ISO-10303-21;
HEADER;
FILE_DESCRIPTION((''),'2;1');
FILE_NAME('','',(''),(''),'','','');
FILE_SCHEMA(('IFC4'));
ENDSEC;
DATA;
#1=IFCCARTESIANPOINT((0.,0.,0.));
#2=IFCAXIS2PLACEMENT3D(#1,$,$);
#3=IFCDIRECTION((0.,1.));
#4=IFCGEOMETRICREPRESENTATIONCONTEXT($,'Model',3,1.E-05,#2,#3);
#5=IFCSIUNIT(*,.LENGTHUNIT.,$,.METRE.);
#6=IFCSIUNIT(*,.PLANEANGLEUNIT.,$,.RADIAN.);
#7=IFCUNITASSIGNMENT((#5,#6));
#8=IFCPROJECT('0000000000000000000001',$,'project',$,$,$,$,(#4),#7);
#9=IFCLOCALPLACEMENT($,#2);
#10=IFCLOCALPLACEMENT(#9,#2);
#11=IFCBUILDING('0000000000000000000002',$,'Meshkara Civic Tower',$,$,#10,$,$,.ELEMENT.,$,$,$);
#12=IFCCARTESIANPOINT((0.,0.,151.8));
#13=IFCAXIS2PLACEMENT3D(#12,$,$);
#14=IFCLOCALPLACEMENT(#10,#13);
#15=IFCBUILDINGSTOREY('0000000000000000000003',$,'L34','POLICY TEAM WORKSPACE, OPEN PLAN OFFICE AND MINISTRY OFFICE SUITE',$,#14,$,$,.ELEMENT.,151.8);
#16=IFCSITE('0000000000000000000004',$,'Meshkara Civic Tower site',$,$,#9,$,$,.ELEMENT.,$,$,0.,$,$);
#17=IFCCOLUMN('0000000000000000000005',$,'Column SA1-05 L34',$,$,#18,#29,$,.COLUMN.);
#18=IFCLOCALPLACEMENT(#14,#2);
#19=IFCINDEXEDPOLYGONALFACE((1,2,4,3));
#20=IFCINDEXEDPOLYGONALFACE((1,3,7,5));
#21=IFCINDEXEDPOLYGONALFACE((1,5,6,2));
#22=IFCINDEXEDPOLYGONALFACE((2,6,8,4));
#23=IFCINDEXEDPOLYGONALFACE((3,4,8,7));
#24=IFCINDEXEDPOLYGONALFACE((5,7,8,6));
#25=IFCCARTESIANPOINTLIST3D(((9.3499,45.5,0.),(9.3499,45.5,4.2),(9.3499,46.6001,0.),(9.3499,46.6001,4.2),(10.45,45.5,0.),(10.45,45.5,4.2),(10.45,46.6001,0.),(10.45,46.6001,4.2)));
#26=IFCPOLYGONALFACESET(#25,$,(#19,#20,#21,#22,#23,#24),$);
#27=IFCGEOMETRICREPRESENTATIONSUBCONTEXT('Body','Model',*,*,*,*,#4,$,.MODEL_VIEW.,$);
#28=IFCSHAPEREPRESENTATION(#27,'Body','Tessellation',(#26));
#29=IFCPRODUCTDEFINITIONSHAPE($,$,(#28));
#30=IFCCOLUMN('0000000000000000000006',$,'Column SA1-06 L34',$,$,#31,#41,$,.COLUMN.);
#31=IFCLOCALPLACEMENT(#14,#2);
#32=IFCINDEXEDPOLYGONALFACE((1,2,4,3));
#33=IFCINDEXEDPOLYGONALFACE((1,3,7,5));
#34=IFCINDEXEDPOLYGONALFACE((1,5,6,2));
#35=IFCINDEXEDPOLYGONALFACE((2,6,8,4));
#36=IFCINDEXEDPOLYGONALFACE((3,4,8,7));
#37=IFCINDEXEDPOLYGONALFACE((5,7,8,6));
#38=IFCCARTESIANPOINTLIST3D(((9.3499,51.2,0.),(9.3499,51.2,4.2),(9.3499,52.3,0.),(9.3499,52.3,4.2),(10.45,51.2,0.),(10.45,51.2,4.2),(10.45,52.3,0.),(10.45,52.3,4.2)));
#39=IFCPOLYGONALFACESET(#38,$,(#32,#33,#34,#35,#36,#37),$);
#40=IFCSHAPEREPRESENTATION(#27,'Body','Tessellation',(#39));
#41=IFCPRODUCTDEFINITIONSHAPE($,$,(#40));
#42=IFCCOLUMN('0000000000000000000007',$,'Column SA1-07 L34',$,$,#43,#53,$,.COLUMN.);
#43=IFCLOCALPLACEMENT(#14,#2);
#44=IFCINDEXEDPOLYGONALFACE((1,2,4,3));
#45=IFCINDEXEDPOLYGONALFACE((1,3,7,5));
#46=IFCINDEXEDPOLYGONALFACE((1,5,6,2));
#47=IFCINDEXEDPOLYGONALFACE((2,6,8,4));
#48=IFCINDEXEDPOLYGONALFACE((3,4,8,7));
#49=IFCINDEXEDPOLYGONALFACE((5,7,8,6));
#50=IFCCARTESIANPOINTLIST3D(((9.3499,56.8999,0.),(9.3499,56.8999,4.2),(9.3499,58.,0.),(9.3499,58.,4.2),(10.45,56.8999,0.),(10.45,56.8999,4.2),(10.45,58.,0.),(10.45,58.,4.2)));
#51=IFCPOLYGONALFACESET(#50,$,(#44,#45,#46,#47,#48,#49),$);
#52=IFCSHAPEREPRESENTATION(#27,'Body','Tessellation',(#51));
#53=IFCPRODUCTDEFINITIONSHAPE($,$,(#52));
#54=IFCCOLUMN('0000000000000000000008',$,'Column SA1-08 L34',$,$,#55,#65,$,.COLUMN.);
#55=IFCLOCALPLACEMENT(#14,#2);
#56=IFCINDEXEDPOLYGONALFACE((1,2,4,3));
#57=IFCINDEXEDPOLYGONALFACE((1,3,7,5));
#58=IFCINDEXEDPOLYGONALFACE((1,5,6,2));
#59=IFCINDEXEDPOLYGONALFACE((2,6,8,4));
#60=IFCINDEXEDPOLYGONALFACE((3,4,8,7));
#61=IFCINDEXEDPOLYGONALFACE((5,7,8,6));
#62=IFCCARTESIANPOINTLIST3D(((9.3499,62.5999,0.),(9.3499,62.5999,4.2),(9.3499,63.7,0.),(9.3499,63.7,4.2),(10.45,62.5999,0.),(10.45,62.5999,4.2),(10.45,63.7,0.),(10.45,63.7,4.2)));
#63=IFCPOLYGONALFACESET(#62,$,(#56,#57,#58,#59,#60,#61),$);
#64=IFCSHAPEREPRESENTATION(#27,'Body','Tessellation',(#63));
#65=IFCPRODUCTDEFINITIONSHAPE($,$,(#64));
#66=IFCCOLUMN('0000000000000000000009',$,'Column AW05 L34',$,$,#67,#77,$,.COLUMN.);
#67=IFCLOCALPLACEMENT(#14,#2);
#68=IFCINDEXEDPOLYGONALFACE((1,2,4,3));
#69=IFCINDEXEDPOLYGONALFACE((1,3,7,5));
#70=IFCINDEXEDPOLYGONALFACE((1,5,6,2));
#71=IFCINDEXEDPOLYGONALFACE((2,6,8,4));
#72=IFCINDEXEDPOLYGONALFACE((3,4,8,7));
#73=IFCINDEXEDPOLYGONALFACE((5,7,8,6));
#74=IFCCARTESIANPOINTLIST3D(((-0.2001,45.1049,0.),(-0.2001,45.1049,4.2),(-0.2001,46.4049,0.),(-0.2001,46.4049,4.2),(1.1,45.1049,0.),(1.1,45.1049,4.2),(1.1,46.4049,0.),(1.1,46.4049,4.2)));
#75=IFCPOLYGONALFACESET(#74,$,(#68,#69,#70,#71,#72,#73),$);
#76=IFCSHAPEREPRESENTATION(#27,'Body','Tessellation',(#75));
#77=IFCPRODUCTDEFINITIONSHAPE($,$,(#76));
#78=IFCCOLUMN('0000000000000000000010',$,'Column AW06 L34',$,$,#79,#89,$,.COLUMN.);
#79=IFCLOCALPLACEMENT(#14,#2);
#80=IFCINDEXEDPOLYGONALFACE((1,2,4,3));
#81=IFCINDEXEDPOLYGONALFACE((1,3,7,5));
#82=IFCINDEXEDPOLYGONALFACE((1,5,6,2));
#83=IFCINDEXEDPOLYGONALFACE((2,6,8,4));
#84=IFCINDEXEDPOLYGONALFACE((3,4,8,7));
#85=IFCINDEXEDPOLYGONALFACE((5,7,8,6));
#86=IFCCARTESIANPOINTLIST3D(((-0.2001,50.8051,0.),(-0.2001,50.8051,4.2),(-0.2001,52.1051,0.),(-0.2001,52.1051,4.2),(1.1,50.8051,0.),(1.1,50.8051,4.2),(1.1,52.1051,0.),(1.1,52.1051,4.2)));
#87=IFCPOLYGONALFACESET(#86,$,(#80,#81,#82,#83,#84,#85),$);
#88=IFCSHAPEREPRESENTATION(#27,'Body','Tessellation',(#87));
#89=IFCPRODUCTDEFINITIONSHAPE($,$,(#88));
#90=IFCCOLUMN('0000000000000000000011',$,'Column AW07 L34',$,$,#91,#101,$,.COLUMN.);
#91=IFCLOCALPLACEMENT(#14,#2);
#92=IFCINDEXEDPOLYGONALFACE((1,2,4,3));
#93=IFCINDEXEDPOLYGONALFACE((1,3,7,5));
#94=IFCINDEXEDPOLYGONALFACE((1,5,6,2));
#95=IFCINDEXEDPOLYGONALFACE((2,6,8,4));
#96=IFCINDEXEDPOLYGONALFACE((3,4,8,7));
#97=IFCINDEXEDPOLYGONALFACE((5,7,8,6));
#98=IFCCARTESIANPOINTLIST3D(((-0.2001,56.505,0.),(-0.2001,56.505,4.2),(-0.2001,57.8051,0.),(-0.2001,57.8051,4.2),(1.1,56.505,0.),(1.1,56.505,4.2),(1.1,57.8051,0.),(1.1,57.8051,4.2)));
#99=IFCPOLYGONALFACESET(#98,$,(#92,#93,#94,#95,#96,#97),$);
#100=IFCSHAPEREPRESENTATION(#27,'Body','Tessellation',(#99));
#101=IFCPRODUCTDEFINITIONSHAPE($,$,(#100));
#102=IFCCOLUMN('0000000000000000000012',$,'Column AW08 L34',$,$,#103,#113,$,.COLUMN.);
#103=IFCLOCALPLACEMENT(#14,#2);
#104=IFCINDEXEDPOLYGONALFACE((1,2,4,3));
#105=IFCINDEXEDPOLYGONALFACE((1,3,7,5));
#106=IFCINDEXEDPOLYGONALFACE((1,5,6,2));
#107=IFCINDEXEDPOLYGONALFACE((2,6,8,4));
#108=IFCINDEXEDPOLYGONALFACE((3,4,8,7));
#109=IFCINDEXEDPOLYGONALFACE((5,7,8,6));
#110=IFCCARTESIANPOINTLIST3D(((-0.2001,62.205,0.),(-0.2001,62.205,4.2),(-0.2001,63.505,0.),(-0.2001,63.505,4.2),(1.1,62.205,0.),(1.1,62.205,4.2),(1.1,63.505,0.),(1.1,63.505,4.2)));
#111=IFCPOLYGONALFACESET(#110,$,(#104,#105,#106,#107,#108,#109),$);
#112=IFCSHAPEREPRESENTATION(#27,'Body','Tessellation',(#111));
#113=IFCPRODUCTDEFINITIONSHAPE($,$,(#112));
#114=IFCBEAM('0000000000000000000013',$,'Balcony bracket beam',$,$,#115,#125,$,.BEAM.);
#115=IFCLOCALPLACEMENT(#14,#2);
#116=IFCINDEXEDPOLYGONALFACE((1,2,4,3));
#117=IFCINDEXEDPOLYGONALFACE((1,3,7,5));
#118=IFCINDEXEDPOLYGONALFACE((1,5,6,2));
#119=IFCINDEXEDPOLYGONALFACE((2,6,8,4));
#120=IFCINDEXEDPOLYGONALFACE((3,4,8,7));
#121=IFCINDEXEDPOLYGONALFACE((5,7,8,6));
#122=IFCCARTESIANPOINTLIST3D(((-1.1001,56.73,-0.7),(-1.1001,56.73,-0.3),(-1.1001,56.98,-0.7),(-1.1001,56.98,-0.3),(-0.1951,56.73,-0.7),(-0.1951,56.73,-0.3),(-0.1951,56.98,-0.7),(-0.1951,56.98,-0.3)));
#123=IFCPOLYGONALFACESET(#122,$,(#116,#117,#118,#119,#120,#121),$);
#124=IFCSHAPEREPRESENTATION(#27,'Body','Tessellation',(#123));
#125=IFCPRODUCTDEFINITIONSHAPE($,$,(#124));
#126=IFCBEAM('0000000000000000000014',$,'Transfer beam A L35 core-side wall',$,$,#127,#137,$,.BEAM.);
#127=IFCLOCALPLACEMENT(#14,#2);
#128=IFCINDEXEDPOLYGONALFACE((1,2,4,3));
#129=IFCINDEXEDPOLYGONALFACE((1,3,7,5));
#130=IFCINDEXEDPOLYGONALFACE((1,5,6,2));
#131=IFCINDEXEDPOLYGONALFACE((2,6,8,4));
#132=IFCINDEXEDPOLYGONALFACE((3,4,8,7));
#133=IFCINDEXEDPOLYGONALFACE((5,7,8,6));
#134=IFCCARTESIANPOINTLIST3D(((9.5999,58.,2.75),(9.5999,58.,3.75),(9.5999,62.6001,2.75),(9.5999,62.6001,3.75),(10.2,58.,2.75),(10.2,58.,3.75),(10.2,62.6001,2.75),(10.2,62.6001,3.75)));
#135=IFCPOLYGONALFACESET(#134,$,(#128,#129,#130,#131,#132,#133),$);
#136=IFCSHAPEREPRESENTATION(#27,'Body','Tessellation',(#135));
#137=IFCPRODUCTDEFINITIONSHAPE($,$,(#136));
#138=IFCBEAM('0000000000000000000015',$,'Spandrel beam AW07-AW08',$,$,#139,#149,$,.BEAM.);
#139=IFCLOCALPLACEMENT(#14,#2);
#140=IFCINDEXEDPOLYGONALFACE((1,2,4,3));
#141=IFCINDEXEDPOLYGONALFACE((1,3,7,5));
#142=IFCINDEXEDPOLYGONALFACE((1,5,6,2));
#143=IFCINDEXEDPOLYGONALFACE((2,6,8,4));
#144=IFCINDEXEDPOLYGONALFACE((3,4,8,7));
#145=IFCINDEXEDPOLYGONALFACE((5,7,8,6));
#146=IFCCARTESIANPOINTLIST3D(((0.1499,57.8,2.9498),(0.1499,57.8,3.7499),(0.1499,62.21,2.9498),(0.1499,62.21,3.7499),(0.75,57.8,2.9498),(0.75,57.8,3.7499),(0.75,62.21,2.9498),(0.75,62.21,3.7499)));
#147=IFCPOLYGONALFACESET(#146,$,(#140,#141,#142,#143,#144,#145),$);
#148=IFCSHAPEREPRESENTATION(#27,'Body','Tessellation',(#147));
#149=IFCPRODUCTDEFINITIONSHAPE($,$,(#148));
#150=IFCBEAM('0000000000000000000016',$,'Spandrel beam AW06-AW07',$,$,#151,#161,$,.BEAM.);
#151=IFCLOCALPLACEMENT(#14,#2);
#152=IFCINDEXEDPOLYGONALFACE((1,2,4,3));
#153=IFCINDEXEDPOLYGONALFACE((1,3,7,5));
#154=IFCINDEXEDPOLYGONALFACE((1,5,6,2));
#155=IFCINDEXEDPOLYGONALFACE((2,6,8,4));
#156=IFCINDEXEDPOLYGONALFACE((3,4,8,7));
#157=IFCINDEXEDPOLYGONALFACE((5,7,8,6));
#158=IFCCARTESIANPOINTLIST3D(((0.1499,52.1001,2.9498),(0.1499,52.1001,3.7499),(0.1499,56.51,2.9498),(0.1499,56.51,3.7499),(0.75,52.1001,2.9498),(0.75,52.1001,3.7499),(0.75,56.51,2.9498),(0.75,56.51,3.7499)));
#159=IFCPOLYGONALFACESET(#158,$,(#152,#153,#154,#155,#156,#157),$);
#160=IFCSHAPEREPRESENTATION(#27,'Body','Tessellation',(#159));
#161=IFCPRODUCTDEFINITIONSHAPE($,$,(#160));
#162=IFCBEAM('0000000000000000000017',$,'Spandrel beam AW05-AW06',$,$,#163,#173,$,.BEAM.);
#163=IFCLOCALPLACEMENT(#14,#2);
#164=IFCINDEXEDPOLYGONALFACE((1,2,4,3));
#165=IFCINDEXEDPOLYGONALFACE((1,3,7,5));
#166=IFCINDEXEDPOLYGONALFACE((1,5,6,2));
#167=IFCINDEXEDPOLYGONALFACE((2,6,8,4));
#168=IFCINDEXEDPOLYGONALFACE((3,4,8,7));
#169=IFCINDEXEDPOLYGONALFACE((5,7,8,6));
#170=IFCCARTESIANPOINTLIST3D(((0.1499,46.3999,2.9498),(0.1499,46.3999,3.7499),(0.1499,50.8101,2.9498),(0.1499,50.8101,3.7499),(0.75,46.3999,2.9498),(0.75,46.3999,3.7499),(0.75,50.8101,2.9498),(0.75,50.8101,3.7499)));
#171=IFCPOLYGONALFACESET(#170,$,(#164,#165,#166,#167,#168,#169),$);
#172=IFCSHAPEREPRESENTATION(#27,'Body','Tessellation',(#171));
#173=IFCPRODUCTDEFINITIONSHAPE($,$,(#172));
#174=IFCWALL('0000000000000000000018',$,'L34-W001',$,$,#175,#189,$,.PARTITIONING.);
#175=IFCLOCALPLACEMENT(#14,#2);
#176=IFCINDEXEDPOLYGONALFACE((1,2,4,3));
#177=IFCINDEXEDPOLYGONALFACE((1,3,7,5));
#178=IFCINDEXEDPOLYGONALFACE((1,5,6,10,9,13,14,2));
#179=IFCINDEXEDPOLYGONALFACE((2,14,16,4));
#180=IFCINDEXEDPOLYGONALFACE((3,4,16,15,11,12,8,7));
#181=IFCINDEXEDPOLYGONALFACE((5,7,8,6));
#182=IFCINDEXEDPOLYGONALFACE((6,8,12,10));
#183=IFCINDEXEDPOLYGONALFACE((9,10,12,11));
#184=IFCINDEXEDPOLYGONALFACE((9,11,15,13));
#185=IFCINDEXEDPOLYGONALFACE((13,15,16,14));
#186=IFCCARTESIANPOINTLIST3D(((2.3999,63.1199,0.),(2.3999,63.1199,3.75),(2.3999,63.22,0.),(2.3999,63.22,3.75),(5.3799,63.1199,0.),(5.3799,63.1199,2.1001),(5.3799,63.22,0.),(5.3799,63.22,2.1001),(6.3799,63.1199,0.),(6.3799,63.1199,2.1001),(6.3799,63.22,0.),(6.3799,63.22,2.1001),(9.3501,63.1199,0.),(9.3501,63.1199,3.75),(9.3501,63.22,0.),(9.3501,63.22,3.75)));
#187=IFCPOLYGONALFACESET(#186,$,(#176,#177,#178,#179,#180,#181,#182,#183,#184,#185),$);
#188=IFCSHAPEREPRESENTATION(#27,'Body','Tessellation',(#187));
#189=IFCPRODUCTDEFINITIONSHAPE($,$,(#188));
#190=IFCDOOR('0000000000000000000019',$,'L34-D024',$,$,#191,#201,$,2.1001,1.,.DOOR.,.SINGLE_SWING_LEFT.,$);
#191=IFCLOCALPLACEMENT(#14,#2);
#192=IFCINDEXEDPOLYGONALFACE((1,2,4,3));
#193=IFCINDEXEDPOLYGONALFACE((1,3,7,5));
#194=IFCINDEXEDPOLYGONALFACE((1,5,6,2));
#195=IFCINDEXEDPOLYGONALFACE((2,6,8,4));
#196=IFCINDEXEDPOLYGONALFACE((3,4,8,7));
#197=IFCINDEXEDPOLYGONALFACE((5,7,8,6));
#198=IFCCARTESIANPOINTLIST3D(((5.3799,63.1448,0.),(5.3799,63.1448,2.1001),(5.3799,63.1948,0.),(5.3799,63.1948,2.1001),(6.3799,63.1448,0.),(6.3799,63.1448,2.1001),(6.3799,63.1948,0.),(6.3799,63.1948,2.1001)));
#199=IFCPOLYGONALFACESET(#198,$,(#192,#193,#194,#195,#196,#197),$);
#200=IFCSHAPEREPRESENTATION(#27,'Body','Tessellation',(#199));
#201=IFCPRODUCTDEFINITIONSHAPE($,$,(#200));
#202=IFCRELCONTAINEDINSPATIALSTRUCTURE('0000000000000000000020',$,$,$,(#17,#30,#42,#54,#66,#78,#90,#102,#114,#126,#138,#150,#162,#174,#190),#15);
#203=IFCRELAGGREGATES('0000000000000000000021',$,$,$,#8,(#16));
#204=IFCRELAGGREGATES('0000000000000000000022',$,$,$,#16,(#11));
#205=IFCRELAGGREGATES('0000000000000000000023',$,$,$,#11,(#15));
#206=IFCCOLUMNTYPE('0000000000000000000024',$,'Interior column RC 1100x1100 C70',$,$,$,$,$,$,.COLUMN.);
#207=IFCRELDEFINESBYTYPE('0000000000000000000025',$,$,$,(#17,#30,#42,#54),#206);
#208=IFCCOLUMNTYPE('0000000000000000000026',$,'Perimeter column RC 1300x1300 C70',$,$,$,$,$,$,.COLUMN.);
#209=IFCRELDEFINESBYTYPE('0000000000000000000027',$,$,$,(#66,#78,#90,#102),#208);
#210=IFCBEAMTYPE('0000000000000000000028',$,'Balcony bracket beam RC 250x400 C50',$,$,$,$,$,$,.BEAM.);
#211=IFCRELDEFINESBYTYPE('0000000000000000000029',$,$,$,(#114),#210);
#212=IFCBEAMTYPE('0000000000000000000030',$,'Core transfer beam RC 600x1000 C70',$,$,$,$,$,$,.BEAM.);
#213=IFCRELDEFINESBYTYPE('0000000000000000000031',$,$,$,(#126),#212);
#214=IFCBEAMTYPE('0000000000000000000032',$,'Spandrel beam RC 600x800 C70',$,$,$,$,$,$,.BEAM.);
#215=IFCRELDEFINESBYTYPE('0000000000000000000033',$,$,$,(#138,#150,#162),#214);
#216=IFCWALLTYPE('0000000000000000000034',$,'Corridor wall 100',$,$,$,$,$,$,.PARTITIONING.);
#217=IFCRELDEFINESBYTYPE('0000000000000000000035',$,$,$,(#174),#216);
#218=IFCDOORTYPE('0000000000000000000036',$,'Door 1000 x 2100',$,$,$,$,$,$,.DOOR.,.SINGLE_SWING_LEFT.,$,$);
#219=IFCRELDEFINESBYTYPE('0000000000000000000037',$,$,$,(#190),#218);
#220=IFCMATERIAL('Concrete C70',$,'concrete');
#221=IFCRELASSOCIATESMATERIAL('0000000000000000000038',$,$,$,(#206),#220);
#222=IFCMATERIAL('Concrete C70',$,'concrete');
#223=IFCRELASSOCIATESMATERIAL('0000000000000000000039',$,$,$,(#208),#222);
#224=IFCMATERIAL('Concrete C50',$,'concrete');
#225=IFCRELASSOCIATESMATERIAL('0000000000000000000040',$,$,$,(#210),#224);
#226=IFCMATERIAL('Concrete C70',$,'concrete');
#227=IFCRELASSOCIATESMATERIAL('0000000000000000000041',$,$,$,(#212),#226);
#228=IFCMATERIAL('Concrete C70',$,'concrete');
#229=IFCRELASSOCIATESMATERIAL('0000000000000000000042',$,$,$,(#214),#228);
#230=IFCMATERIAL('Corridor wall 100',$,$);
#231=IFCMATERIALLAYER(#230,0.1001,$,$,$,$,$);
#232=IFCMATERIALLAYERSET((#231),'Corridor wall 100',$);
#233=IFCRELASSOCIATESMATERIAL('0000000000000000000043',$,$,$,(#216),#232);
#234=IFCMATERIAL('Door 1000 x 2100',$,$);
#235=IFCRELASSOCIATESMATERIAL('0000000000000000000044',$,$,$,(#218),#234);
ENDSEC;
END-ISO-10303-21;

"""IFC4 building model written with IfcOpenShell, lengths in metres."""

from ifc_helpers import new_model, si_unit, direction, frame, frame_2d, origin, origin_2d, place, context, subcontext, project, spatial, rectangle, extrude, material, layer, layer_set, material_profile, profile_set, type_object, element, fill, save


model = new_model("IFC4")

# Units and contexts
model_context = context("Model", 3, precision=1e-05, world=origin(), true_north=direction((0.0, 1.0)))
body_context = subcontext(model_context, "Body", "Model", "MODEL_VIEW")
ifc_project = project(units=[si_unit("LENGTHUNIT", "METRE"), si_unit("PLANEANGLEUNIT", "RADIAN")], contexts=[model_context])

# Site, building, storey
site_placement = place(None, origin())
site = spatial("IfcSite", under=ifc_project, at=site_placement, Name="Meshkara Civic Tower site", CompositionType="ELEMENT", RefElevation=0.0)
building_placement = place(site_placement, origin())
building = spatial("IfcBuilding", under=site, at=building_placement, Name="Meshkara Civic Tower", CompositionType="ELEMENT")
storey_placement = place(building_placement, frame((0.0, 0.0, 151.8)))
storey = spatial("IfcBuildingStorey", under=building, at=storey_placement, Name="L34", Description="POLICY TEAM WORKSPACE, OPEN PLAN OFFICE AND MINISTRY OFFICE SUITE", CompositionType="ELEMENT", Elevation=151.8)

# Columns
ifc_material_1 = material(Name="Concrete C70", Category="concrete")
ifc_material_profile_1 = material_profile(ifc_material_1, rectangle(XDim=1.1001, YDim=1.1001, at=origin_2d()))
ifc_profile_set_1 = profile_set([ifc_material_profile_1], Name="Concrete C70")
column_type_1 = type_object("IfcColumnType", Name="Interior column RC 1100x1100 C70", PredefinedType="COLUMN", material=ifc_profile_set_1)
for number, where, z_axis, x_axis, name in (
    (1, (9.8999, 46.05, 0.0), (0.0, 0.0, 1.0), (1.0, 0.0, 0.0), "Column SA1-05 L34"),
    (2, (9.8999, 51.75, 0.0), (0.0, 0.0, 1.0), (1.0, 0.0, 0.0), "Column SA1-06 L34"),
    (3, (9.8999, 57.45, 0.0), (0.0, 0.0, 1.0), (1.0, 0.0, 0.0), "Column SA1-07 L34"),
    (4, (9.8999, 63.1499, 0.0), (0.0, 0.0, 1.0), (1.0, 0.0, 0.0), "Column SA1-08 L34"),
):
    element("IfcColumn", number, at=place(storey_placement, frame(where, z_axis=z_axis, x_axis=x_axis)), inside=storey, type_object=column_type_1, Name=name, PredefinedType="COLUMN", context=body_context, shape_type="SweptSolid", body=[
        extrude(rectangle(XDim=1.1001, YDim=1.1001, at=origin_2d()), origin(), (0.0, 0.0, 1.0), 4.2),
    ])
ifc_material_2 = material(Name="Concrete C70", Category="concrete")
ifc_material_profile_2 = material_profile(ifc_material_2, rectangle(XDim=1.3, YDim=1.3, at=origin_2d()))
ifc_profile_set_2 = profile_set([ifc_material_profile_2], Name="Concrete C70")
column_type_2 = type_object("IfcColumnType", Name="Perimeter column RC 1300x1300 C70", PredefinedType="COLUMN", material=ifc_profile_set_2)
for number, where, z_axis, x_axis, name in (
    (5, (0.45, 45.7549, 0.0), (0.0, 0.0, 1.0), (1.0, 0.0, 0.0), "Column AW05 L34"),
    (6, (0.45, 51.4551, 0.0), (0.0, 0.0, 1.0), (1.0, 0.0, 0.0), "Column AW06 L34"),
    (7, (0.45, 57.155, 0.0), (0.0, 0.0, 1.0), (1.0, 0.0, 0.0), "Column AW07 L34"),
    (8, (0.45, 62.855, 0.0), (0.0, 0.0, 1.0), (1.0, 0.0, 0.0), "Column AW08 L34"),
):
    element("IfcColumn", number, at=place(storey_placement, frame(where, z_axis=z_axis, x_axis=x_axis)), inside=storey, type_object=column_type_2, Name=name, PredefinedType="COLUMN", context=body_context, shape_type="SweptSolid", body=[
        extrude(rectangle(XDim=1.3, YDim=1.3, at=origin_2d()), origin(), (0.0, 0.0, 1.0), 4.2),
    ])

# Beams
ifc_material_3 = material(Name="Concrete C50", Category="concrete")
ifc_material_profile_3 = material_profile(ifc_material_3, rectangle(XDim=0.25, YDim=0.3999, at=origin_2d()))
ifc_profile_set_3 = profile_set([ifc_material_profile_3], Name="Concrete C50")
beam_type_1 = type_object("IfcBeamType", Name="Balcony bracket beam RC 250x400 C50", PredefinedType="BEAM", material=ifc_profile_set_3)
beam_1_placement = place(storey_placement, frame((-0.1951, 56.855, -0.5), z_axis=(-1.0, 0.0, 0.0), x_axis=(0.0, -1.0, 0.0)))
element("IfcBeam", 9, at=beam_1_placement, inside=storey, type_object=beam_type_1, Name="Balcony bracket beam", PredefinedType="BEAM", context=body_context, shape_type="SweptSolid", body=[
    extrude(rectangle(XDim=0.25, YDim=0.3999, at=origin_2d()), origin(), (0.0, 0.0, 1.0), 0.905),
])
ifc_material_4 = material(Name="Concrete C70", Category="concrete")
ifc_material_profile_4 = material_profile(ifc_material_4, rectangle(XDim=0.6001, YDim=1.0, at=origin_2d()))
ifc_profile_set_4 = profile_set([ifc_material_profile_4], Name="Concrete C70")
beam_type_2 = type_object("IfcBeamType", Name="Core transfer beam RC 600x1000 C70", PredefinedType="BEAM", material=ifc_profile_set_4)
beam_2_placement = place(storey_placement, frame((9.8999, 58.0, 3.25), z_axis=(0.0, 1.0, 0.0), x_axis=(-1.0, 0.0, 0.0)))
element("IfcBeam", 10, at=beam_2_placement, inside=storey, type_object=beam_type_2, Name="Transfer beam A L35 core-side wall", PredefinedType="BEAM", context=body_context, shape_type="SweptSolid", body=[
    extrude(rectangle(XDim=0.6001, YDim=1.0, at=origin_2d()), origin(), (0.0, 0.0, 1.0), 4.6001),
])
ifc_material_5 = material(Name="Concrete C70", Category="concrete")
ifc_material_profile_5 = material_profile(ifc_material_5, rectangle(XDim=0.6001, YDim=0.8, at=origin_2d()))
ifc_profile_set_5 = profile_set([ifc_material_profile_5], Name="Concrete C70")
beam_type_3 = type_object("IfcBeamType", Name="Spandrel beam RC 600x800 C70", PredefinedType="BEAM", material=ifc_profile_set_5)
for number, where, z_axis, x_axis, name in (
    (11, (0.45, 62.21, 3.3499), (0.0, -1.0, 0.0), (1.0, 0.0, 0.0), "Spandrel beam AW07-AW08"),
    (12, (0.45, 56.51, 3.3499), (0.0, -1.0, 0.0), (1.0, 0.0, 0.0), "Spandrel beam AW06-AW07"),
):
    element("IfcBeam", number, at=place(storey_placement, frame(where, z_axis=z_axis, x_axis=x_axis)), inside=storey, type_object=beam_type_3, Name=name, PredefinedType="BEAM", context=body_context, shape_type="SweptSolid", body=[
        extrude(rectangle(XDim=0.6001, YDim=0.8, at=origin_2d()), origin(), (0.0, 0.0, 1.0), 4.4099),
    ])
beam_3_placement = place(storey_placement, frame((0.45, 50.8101, 3.3499), z_axis=(0.0, -1.0, 0.0), x_axis=(1.0, 0.0, 0.0)))
element("IfcBeam", 13, at=beam_3_placement, inside=storey, type_object=beam_type_3, Name="Spandrel beam AW05-AW06", PredefinedType="BEAM", context=body_context, shape_type="SweptSolid", body=[
    extrude(rectangle(XDim=0.6001, YDim=0.8, at=origin_2d()), origin(), (0.0, 0.0, 1.0), 4.4102),
])

# Wall, opening, door
ifc_material_6 = material(Name="Corridor wall 100")
ifc_layer_1 = layer(ifc_material_6, 0.1001)
ifc_layer_set_1 = layer_set([ifc_layer_1], Name="Corridor wall 100")
wall_type_1 = type_object("IfcWallType", Name="Corridor wall 100", PredefinedType="PARTITIONING", material=ifc_layer_set_1)
wall_1_placement = place(storey_placement, frame((2.3999, 63.1699, 0.0), z_axis=(0.0, 0.0, 1.0), x_axis=(1.0, 0.0, 0.0)))
wall_1 = element("IfcWall", 14, at=wall_1_placement, inside=storey, type_object=wall_type_1, Name="L34-W001", PredefinedType="PARTITIONING", context=body_context, shape_type="SweptSolid", body=[
    extrude(rectangle(XDim=6.9502, YDim=0.1001, at=frame_2d((3.4751, 0.0))), origin(), (0.0, 0.0, 1.0), 3.75),
])
opening_1_placement = place(wall_1_placement, frame((2.98, 0.0, 0.0)))
opening_1 = element("IfcOpeningElement", 15, at=opening_1_placement, cuts=wall_1, PredefinedType="OPENING", context=body_context, shape_type="SweptSolid", body=[
    extrude(rectangle(XDim=1.0, YDim=2.1001, at=frame_2d((0.5, 1.05))), frame((0.0, 0.0601, 0.0), z_axis=(0.0, -1.0, 0.0), x_axis=(1.0, 0.0, 0.0)), (0.0, 0.0, 1.0), 0.1201),
])
ifc_material_7 = material(Name="Door 1000 x 2100")
door_type_1 = type_object("IfcDoorType", Name="Door 1000 x 2100", OperationType="SINGLE_SWING_LEFT", PredefinedType="DOOR", material=ifc_material_7)
door_1_placement = place(opening_1_placement, origin())
door_1 = element("IfcDoor", 16, at=door_1_placement, inside=storey, type_object=door_type_1, Name="L34-D024", OperationType="SINGLE_SWING_LEFT", OverallHeight=2.1001, OverallWidth=1.0, PredefinedType="DOOR", context=body_context, shape_type="SweptSolid", body=[
    extrude(rectangle(XDim=1.0, YDim=2.1001, at=frame_2d((0.5, 1.05))), frame((0.0, 0.0249, 0.0), z_axis=(0.0, -1.0, 0.0), x_axis=(1.0, 0.0, 0.0)), (0.0, 0.0, 1.0), 0.05),
])
fill(opening_1, door_1)

save(model, "model.ifc")
